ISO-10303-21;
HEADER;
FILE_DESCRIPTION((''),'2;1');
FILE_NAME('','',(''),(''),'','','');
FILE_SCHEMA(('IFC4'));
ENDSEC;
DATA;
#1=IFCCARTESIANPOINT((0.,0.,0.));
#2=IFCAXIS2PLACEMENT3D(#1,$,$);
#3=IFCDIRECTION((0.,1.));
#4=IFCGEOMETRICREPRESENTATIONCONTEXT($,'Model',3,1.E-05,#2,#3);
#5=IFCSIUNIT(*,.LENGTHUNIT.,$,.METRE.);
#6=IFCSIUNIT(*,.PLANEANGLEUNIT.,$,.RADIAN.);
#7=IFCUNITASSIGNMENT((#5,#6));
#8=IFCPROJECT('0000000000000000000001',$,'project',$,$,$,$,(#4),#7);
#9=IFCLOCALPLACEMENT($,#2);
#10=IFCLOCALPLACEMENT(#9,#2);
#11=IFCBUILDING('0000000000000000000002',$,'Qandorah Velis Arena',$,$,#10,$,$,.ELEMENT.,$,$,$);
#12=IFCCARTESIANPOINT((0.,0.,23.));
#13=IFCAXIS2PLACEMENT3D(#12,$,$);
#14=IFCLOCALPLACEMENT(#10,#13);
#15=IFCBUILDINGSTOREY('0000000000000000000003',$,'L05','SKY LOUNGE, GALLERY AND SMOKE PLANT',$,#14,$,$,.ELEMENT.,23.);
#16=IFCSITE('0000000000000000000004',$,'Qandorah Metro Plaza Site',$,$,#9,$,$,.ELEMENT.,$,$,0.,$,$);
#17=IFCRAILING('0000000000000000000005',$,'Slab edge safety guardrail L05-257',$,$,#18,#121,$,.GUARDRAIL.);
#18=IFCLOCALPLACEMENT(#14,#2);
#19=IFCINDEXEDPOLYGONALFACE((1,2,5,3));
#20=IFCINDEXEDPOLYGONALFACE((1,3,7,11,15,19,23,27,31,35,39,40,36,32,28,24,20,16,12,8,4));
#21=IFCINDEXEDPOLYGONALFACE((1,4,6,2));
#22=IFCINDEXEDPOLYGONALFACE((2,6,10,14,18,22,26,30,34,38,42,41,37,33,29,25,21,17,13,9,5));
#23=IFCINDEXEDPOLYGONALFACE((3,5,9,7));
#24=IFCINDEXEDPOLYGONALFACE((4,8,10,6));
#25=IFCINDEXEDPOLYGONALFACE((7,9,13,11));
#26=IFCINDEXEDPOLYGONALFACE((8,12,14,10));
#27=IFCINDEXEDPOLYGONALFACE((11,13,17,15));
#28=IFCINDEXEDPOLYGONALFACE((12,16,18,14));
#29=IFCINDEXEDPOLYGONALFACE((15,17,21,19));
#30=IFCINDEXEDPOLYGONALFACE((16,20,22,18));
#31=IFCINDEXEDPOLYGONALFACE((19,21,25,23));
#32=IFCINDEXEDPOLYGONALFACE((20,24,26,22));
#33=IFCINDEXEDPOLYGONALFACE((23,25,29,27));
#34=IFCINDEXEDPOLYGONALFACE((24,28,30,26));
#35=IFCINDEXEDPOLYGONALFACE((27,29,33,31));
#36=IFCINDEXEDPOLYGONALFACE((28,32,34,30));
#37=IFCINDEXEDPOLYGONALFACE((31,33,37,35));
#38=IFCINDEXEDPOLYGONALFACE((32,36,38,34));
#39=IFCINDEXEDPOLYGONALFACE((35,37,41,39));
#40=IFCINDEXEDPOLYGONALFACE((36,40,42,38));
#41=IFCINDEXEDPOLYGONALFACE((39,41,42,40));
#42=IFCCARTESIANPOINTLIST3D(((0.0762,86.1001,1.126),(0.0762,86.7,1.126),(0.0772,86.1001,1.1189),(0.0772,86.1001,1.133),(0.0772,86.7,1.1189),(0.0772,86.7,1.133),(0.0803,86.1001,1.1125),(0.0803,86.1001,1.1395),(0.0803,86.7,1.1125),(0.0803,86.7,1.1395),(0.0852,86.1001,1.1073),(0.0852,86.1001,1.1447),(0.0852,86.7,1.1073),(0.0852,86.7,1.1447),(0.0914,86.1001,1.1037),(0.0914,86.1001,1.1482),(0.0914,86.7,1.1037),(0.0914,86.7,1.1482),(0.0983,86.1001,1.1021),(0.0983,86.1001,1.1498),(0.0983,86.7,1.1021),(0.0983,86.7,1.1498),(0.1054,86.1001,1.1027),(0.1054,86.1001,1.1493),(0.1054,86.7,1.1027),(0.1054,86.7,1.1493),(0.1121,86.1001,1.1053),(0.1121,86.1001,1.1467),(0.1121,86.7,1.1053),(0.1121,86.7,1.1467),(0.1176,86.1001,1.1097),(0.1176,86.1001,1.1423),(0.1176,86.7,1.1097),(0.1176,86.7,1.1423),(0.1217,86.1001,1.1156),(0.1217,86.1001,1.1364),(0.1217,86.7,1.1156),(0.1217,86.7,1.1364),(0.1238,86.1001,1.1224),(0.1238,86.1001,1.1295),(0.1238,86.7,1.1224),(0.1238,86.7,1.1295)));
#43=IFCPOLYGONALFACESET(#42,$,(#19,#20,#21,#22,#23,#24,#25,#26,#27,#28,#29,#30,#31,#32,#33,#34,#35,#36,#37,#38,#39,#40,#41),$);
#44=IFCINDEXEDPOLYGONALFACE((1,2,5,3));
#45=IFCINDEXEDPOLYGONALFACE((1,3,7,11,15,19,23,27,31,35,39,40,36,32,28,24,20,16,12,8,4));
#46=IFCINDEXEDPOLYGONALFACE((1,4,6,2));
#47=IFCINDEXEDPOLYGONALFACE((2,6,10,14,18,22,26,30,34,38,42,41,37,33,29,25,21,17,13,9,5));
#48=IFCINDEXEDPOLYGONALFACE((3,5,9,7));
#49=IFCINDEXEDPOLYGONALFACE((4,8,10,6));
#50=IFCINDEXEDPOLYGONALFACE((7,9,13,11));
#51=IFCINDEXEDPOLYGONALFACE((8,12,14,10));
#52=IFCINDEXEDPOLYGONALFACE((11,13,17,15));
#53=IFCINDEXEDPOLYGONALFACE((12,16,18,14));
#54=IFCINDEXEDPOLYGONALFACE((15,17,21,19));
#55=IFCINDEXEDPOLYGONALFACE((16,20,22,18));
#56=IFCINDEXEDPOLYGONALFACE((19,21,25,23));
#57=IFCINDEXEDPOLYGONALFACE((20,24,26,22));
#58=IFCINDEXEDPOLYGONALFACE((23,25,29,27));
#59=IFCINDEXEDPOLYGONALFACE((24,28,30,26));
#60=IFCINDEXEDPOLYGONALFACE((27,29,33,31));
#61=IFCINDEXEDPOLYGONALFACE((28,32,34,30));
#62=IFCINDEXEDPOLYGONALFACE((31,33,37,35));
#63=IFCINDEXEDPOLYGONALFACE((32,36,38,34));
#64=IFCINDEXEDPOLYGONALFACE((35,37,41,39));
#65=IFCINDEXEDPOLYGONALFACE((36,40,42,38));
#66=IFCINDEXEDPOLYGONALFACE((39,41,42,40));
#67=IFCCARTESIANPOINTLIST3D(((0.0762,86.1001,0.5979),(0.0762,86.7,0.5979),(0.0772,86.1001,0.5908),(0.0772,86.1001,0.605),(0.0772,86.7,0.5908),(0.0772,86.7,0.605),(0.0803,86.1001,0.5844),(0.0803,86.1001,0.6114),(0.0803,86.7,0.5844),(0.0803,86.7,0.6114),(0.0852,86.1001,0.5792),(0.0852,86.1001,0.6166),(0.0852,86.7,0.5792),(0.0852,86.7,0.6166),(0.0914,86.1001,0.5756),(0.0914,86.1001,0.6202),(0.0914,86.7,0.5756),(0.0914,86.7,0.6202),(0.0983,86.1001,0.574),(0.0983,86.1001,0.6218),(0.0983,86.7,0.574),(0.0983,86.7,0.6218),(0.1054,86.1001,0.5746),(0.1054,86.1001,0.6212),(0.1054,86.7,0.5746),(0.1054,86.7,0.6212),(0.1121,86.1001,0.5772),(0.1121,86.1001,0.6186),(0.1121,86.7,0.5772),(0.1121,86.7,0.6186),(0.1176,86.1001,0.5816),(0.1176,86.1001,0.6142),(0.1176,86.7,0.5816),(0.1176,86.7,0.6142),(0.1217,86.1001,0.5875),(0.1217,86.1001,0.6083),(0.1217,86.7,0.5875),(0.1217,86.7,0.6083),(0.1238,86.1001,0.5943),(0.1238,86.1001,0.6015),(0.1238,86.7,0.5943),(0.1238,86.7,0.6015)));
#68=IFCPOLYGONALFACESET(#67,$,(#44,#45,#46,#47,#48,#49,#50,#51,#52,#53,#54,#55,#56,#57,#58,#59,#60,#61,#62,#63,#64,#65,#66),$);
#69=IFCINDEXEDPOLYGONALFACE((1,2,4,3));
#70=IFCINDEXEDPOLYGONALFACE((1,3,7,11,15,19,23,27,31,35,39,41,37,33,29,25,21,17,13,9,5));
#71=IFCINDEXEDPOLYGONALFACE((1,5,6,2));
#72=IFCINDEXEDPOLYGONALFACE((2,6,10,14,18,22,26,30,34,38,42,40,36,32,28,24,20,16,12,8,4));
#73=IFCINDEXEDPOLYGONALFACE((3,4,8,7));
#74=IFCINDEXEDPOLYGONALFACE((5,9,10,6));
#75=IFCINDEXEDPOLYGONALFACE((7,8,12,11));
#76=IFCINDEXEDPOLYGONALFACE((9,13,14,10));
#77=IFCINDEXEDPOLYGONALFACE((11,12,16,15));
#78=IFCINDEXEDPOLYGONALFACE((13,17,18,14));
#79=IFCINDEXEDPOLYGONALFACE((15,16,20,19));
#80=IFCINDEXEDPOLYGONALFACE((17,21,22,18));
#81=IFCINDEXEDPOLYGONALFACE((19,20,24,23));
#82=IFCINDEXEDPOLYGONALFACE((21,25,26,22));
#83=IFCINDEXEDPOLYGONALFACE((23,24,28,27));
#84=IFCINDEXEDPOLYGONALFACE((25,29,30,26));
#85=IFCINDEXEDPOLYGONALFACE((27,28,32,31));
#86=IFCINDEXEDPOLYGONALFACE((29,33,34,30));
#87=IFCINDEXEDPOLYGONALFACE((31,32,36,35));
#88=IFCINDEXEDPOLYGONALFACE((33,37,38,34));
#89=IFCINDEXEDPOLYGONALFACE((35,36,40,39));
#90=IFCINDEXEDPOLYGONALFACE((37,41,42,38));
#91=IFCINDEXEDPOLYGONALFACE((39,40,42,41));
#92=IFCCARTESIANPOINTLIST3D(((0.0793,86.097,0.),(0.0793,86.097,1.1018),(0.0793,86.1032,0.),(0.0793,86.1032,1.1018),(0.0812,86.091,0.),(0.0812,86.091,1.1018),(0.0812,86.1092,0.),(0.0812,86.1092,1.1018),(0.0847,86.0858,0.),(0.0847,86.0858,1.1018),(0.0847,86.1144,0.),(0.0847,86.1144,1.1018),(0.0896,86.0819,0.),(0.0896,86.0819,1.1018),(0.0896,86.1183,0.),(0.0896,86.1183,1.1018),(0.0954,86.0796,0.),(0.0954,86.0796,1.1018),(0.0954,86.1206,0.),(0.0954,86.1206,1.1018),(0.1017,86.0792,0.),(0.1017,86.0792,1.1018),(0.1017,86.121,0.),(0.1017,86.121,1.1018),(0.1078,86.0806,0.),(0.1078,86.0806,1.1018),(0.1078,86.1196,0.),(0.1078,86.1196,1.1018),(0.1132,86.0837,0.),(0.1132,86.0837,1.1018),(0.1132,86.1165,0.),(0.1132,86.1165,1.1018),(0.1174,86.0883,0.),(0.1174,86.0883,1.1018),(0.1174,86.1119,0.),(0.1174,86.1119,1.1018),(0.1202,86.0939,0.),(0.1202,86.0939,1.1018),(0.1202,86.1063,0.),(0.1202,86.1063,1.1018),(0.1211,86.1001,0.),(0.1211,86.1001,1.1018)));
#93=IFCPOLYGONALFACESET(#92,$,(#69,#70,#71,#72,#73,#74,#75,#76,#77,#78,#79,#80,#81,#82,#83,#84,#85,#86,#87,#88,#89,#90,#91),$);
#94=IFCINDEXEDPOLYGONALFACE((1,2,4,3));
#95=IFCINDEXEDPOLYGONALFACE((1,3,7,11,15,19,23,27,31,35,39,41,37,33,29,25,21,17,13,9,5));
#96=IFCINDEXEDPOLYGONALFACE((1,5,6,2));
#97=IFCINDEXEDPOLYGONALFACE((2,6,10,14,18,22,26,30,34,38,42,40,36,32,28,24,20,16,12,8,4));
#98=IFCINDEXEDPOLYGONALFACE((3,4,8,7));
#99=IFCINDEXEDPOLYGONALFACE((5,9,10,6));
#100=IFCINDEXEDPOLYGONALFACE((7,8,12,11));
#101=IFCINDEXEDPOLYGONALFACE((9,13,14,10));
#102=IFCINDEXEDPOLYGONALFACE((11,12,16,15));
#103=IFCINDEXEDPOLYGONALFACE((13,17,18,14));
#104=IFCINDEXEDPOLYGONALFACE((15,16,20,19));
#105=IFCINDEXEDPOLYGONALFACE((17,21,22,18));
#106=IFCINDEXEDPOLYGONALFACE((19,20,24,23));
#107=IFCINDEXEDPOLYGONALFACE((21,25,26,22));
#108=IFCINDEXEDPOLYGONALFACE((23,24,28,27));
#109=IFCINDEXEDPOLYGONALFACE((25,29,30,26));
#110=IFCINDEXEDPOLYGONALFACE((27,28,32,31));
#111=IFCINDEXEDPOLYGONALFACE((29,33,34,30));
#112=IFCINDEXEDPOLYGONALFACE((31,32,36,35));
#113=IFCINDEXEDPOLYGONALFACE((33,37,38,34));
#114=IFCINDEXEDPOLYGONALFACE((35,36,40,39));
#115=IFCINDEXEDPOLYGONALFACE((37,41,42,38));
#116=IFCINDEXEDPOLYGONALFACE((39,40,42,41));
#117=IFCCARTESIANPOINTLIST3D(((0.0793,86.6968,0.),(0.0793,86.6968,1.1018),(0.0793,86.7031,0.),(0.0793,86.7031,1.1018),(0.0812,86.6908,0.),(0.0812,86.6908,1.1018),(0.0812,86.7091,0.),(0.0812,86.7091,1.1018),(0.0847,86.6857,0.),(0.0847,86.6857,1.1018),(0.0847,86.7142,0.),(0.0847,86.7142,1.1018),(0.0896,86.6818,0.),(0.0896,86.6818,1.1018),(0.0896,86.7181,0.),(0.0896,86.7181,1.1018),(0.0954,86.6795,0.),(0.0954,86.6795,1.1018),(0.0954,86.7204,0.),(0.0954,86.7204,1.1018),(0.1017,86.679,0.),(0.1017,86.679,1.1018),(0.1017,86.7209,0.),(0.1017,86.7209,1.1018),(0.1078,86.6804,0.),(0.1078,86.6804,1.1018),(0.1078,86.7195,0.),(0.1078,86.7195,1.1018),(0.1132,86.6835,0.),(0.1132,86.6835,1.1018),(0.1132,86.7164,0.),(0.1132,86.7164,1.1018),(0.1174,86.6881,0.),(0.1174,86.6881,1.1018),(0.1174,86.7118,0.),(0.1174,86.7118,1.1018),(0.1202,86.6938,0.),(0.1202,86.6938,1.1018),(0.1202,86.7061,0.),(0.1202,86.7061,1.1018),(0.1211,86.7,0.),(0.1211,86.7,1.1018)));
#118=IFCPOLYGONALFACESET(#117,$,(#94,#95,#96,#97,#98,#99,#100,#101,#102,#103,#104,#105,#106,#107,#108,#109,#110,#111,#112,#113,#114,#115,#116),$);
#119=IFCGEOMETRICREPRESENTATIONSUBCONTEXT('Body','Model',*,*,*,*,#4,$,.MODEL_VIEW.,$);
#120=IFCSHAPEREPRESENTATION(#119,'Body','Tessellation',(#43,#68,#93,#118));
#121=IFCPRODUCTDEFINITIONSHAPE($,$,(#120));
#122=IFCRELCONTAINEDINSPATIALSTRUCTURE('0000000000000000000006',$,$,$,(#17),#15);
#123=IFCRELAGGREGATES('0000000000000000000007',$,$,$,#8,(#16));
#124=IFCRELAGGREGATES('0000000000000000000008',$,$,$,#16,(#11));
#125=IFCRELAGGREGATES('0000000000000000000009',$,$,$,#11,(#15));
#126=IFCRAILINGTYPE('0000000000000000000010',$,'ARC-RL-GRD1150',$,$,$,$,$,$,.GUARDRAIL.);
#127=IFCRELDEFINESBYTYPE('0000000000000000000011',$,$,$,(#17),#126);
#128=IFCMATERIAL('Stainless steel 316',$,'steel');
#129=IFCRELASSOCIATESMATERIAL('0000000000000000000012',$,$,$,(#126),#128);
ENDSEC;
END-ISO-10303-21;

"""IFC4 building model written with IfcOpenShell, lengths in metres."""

from ifc_helpers import new_model, si_unit, direction, frame, origin, origin_2d, place, context, subcontext, project, spatial, circle, extrude, material, type_object, element, save


model = new_model("IFC4")

# Units and contexts
model_context = context("Model", 3, precision=1e-05, world=origin(), true_north=direction((0.0, 1.0)))
body_context = subcontext(model_context, "Body", "Model", "MODEL_VIEW")
ifc_project = project(units=[si_unit("LENGTHUNIT", "METRE"), si_unit("PLANEANGLEUNIT", "RADIAN")], contexts=[model_context])

# Site, building, storey
site_placement = place(None, origin())
site = spatial("IfcSite", under=ifc_project, at=site_placement, Name="Qandorah Metro Plaza Site", CompositionType="ELEMENT", RefElevation=0.0)
building_placement = place(site_placement, origin())
building = spatial("IfcBuilding", under=site, at=building_placement, Name="Qandorah Velis Arena", CompositionType="ELEMENT")
storey_placement = place(building_placement, frame((0.0, 0.0, 23.0)))
storey = spatial("IfcBuildingStorey", under=building, at=storey_placement, Name="L05", Description="SKY LOUNGE, GALLERY AND SMOKE PLANT", CompositionType="ELEMENT", Elevation=23.0)

# Railing
ifc_material_1 = material(Name="Stainless steel 316", Category="steel")
railing_type = type_object("IfcRailingType", Name="ARC-RL-GRD1150", PredefinedType="GUARDRAIL", material=ifc_material_1)
railing_1_placement = place(storey_placement, frame((0.1001, 86.1001, 0.0)))
element("IfcRailing", 1, at=railing_1_placement, inside=storey, type_object=railing_type, Name="Slab edge safety guardrail L05-257", PredefinedType="GUARDRAIL", context=body_context, shape_type="SweptSolid", body=[
    extrude(circle(Radius=0.0239, at=origin_2d()), frame((0.0, 0.0, 1.126), z_axis=(0.0, 1.0, 0.0), x_axis=(-1.0, 0.0, 0.0)), (0.0, 0.0, 1.0), 0.5999),
    extrude(circle(Radius=0.0239, at=origin_2d()), frame((0.0, 0.0, 0.5979), z_axis=(0.0, 1.0, 0.0), x_axis=(-1.0, 0.0, 0.0)), (0.0, 0.0, 1.0), 0.5999),
    extrude(circle(Radius=0.021, at=origin_2d()), origin(), (0.0, 0.0, 1.0), 1.1018),
    extrude(circle(Radius=0.021, at=origin_2d()), frame((0.0, 0.5999, 0.0)), (0.0, 0.0, 1.0), 1.1018),
])

save(model, "model.ifc")
